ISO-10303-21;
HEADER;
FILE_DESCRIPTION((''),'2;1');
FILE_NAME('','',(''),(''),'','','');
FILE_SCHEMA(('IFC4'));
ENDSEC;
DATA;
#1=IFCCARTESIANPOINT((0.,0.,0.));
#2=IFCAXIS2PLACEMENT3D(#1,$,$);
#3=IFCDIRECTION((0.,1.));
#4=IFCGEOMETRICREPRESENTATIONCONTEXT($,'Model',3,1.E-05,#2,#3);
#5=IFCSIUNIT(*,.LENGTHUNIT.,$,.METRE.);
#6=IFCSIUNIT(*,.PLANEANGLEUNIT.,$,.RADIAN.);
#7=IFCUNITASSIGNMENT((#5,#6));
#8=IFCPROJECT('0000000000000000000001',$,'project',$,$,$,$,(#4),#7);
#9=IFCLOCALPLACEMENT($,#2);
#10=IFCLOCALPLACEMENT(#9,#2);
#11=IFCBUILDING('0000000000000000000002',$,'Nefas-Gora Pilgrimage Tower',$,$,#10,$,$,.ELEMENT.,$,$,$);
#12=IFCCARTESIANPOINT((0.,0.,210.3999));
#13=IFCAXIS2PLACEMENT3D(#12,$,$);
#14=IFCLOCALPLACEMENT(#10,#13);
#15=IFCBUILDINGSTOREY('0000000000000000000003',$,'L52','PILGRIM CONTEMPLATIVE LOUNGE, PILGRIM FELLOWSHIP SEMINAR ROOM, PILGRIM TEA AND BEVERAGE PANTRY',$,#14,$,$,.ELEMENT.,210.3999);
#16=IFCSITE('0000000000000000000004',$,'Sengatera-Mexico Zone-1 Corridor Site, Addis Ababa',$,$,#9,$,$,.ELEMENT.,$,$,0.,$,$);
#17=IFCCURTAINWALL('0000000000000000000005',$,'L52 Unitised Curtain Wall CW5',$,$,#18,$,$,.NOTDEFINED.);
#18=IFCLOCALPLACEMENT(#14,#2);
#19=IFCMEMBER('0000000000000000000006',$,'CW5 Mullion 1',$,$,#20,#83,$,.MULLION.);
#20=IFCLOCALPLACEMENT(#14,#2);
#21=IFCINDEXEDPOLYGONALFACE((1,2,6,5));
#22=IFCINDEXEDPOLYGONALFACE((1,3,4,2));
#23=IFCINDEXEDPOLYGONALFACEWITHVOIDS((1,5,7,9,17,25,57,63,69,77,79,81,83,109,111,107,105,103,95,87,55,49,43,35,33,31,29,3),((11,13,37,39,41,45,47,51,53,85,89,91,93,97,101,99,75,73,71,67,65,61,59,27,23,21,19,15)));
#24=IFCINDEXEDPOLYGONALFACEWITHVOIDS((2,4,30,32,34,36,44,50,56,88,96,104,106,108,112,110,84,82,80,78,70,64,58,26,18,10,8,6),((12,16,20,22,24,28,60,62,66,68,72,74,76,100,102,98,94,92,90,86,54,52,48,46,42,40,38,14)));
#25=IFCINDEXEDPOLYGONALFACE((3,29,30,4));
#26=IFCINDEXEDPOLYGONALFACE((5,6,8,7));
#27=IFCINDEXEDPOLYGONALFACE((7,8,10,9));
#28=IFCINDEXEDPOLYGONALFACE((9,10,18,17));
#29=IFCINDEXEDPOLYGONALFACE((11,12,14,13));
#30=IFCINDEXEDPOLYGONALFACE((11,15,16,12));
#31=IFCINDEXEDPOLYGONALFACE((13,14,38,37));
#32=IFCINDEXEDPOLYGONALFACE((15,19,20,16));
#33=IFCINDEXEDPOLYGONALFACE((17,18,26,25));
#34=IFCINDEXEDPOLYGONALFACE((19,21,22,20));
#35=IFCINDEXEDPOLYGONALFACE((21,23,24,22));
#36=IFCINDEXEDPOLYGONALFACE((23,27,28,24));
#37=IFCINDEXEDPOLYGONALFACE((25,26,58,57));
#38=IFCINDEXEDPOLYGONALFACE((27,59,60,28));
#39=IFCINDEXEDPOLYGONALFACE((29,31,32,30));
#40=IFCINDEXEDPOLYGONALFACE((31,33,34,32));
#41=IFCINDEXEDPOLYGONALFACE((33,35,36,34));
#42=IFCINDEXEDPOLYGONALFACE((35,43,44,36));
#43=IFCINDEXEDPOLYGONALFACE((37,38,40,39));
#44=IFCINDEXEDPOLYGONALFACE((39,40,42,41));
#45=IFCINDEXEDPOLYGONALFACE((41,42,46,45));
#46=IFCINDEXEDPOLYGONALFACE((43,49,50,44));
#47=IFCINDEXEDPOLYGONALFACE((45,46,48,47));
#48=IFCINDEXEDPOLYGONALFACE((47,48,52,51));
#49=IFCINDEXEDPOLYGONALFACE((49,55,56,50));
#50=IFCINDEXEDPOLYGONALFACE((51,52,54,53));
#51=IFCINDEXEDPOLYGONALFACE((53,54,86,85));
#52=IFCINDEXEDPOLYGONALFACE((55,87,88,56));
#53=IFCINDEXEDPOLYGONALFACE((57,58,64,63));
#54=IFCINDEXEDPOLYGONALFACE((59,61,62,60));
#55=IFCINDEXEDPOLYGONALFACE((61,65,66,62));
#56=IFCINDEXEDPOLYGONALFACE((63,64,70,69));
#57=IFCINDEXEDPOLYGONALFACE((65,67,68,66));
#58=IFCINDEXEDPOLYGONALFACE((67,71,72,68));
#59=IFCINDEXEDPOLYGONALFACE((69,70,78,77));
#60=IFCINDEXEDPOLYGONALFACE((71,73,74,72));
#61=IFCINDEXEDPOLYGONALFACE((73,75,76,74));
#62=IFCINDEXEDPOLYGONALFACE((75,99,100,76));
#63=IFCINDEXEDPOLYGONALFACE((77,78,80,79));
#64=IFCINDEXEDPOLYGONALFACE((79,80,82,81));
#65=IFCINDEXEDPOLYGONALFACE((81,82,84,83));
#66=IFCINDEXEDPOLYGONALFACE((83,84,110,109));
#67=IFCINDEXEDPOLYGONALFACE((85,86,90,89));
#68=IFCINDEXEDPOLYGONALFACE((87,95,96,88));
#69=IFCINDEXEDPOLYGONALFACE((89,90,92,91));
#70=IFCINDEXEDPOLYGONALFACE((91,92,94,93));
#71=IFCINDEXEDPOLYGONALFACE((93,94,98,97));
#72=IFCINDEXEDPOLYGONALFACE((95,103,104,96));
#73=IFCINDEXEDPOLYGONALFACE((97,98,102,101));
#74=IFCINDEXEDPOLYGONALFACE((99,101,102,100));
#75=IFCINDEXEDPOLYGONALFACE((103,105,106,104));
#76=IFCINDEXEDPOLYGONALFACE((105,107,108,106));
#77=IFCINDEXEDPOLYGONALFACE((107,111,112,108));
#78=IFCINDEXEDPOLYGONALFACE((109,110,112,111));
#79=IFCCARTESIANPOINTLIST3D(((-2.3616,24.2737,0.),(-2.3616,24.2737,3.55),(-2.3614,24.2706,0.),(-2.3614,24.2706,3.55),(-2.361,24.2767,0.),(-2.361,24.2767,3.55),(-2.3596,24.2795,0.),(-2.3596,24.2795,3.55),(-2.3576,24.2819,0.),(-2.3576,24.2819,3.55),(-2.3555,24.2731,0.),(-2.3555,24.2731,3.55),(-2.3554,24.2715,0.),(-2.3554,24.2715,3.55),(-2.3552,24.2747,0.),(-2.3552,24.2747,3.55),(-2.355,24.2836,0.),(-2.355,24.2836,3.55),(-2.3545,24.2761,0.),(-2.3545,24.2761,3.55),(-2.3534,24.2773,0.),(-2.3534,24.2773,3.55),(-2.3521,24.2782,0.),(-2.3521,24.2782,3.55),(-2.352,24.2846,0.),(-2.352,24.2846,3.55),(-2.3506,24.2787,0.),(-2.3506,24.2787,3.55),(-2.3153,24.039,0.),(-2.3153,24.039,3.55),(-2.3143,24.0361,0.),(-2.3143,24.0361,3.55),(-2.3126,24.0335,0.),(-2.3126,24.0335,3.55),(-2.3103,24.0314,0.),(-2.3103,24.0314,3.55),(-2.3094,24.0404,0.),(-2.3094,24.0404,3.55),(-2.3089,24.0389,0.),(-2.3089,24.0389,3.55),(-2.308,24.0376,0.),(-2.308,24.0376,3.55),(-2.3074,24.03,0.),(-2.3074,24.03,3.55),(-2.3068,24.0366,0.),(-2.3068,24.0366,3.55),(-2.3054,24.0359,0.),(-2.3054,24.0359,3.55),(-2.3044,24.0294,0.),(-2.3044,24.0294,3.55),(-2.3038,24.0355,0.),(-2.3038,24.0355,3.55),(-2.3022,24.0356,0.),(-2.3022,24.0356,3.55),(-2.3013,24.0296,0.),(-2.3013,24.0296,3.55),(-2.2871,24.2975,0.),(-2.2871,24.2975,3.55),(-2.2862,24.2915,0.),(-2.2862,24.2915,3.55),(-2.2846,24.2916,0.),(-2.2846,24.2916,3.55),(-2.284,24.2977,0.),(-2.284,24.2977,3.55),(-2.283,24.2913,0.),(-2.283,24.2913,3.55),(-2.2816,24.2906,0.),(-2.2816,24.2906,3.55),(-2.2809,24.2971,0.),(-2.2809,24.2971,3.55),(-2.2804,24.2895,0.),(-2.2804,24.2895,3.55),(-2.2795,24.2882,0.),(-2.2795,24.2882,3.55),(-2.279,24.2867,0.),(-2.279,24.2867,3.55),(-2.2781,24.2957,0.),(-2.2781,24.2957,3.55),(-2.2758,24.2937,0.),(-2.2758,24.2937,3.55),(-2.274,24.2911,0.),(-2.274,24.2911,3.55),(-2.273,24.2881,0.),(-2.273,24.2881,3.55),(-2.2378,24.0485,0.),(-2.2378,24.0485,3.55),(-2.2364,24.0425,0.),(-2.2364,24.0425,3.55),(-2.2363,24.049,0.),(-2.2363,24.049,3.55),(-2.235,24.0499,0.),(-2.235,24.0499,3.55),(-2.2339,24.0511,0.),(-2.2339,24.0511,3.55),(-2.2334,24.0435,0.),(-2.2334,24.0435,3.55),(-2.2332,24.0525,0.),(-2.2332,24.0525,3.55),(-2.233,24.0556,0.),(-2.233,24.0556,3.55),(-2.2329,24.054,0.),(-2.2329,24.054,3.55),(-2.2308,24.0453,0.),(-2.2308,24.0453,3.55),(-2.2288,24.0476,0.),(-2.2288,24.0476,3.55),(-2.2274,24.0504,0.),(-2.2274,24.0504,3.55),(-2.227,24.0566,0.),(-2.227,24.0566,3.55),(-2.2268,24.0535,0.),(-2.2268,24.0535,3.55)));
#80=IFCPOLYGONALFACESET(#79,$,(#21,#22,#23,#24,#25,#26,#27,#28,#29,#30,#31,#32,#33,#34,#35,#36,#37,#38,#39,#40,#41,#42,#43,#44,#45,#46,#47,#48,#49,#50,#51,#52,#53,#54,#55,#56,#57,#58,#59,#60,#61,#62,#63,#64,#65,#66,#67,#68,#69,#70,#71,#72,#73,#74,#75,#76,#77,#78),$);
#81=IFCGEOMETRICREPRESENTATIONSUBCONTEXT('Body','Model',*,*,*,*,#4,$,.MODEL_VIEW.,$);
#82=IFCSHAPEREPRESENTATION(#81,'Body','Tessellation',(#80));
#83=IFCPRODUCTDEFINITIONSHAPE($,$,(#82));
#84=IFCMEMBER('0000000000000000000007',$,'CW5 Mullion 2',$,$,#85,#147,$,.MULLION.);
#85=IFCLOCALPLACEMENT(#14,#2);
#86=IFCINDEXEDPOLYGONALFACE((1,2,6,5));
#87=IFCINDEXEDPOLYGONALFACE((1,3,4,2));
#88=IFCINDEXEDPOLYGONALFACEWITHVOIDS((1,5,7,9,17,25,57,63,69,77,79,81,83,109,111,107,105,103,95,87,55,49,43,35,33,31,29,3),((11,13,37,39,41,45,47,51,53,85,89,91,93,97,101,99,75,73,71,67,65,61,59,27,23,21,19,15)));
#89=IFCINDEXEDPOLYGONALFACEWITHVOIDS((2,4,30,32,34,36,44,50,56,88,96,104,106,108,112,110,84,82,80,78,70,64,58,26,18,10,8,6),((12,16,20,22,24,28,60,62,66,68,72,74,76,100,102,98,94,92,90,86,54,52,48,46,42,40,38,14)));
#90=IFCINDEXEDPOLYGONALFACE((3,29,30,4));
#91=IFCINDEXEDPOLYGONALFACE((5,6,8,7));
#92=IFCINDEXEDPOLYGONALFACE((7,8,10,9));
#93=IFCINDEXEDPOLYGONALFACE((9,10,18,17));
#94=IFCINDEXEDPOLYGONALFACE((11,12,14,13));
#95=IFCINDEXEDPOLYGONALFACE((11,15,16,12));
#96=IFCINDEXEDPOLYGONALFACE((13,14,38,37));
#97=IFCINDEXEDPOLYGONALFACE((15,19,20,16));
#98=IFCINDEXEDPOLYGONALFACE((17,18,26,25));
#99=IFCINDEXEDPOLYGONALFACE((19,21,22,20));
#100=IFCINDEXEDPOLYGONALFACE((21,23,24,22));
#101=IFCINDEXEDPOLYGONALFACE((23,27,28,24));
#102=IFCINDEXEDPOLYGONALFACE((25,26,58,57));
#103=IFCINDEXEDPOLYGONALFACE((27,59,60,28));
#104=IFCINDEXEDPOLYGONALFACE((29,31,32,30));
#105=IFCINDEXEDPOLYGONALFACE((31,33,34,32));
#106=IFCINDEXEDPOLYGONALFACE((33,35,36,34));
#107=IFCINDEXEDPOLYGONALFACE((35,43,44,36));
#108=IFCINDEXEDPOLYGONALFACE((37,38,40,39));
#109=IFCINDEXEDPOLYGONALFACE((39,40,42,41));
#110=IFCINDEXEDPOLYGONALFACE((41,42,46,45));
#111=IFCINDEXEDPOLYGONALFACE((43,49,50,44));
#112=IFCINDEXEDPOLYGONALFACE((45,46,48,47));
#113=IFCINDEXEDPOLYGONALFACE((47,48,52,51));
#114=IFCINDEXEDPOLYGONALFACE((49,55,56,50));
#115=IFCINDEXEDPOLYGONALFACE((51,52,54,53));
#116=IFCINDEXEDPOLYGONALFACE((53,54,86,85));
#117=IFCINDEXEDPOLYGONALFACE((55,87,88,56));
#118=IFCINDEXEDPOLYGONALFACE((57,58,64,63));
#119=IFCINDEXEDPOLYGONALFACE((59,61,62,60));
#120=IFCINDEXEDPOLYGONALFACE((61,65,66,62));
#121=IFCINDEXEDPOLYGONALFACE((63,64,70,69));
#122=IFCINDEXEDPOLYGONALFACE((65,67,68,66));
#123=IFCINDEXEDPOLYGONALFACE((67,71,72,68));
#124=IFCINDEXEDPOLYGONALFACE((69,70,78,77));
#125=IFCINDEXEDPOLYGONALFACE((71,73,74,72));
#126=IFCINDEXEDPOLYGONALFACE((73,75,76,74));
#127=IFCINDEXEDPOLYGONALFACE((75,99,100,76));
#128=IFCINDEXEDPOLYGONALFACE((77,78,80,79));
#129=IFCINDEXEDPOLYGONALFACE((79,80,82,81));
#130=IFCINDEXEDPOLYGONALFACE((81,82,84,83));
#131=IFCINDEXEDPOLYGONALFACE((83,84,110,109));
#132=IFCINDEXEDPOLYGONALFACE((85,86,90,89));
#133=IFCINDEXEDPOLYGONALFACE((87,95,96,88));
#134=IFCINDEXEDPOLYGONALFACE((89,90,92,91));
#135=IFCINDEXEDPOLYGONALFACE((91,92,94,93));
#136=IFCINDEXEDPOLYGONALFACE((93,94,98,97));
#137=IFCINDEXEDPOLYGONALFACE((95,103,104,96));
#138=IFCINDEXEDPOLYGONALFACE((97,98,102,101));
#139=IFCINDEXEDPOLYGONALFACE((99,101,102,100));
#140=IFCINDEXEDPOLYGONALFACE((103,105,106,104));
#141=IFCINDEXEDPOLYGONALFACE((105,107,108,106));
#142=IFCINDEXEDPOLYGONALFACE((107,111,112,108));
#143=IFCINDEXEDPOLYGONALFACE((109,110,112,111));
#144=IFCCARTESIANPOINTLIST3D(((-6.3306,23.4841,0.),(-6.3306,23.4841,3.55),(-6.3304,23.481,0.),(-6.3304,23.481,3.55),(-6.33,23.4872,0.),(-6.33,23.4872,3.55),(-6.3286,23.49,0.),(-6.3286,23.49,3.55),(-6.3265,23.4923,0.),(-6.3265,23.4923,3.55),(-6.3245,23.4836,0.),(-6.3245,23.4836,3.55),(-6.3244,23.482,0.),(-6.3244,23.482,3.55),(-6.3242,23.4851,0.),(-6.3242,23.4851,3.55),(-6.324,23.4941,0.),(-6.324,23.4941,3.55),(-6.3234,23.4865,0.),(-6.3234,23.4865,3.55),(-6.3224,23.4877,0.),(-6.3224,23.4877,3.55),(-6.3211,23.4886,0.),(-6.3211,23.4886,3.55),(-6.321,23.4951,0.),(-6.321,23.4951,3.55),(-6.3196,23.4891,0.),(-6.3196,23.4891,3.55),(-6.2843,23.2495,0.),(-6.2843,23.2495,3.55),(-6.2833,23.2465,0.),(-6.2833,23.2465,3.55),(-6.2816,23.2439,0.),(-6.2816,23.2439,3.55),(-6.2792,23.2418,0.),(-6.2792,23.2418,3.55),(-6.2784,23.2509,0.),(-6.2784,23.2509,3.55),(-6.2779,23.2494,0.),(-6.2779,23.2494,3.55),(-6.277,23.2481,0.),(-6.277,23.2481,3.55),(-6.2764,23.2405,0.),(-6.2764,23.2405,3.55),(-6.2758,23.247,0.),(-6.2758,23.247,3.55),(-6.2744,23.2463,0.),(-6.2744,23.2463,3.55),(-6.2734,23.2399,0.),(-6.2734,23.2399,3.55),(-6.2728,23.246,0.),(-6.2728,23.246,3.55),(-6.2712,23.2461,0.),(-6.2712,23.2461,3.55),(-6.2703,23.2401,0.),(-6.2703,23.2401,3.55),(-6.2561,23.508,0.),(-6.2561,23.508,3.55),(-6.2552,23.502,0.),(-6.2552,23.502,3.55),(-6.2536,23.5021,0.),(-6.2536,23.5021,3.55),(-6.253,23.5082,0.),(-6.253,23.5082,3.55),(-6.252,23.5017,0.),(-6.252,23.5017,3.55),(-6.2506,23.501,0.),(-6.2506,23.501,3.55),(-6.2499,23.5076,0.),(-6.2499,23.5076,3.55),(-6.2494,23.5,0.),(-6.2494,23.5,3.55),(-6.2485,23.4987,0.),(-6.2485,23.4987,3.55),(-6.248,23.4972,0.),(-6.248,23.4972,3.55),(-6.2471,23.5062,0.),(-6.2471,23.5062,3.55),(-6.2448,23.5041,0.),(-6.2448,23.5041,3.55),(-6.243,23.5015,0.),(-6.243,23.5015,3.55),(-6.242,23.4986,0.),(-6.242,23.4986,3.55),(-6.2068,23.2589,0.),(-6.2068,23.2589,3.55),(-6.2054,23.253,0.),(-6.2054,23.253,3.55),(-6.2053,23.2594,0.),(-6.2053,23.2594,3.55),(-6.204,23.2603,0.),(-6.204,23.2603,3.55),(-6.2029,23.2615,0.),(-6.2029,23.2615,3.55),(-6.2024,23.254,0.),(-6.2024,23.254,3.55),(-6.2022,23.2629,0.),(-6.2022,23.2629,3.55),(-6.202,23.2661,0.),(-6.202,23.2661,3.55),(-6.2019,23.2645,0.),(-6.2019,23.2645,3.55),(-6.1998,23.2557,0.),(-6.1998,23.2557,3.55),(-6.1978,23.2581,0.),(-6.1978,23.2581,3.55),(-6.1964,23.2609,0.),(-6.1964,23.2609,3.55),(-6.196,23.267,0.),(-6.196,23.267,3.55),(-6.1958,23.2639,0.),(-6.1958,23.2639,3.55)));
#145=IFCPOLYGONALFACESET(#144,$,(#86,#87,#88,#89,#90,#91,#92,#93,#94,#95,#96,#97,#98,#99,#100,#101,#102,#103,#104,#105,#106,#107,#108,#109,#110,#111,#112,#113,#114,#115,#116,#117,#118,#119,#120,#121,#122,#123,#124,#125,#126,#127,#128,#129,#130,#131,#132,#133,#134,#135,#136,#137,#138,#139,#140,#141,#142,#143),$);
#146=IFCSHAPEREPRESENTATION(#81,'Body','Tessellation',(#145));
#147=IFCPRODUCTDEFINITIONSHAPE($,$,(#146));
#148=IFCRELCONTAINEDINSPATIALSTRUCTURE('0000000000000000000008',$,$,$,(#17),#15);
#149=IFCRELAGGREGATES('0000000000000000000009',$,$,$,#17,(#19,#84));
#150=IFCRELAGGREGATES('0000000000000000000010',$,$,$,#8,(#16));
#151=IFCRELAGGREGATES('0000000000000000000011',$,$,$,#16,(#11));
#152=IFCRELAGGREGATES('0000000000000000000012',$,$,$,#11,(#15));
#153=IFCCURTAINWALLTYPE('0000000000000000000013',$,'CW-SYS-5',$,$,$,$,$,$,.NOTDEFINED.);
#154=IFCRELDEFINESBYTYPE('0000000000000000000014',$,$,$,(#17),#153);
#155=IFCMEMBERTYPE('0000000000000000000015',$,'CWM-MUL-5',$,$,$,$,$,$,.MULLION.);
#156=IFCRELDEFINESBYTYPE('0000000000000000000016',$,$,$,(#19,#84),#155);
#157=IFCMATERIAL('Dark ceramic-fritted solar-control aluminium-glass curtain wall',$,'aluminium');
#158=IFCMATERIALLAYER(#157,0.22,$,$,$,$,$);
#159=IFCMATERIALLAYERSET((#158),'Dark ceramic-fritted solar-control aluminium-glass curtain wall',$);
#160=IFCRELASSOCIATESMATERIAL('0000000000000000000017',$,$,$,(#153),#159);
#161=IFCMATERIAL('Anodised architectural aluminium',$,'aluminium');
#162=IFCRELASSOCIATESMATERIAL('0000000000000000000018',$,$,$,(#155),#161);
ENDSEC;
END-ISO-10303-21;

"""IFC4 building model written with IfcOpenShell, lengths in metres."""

from ifc_helpers import new_model, si_unit, direction, frame, origin, origin_2d, place, context, subcontext, project, spatial, hollow_rectangle, extrude, source, transform, mapped, material, layer, layer_set, material_profile, profile_set, type_object, element, aggregate, save


model = new_model("IFC4")

# Units and contexts
model_context = context("Model", 3, precision=1e-05, world=origin(), true_north=direction((0.0, 1.0)))
body_context = subcontext(model_context, "Body", "Model", "MODEL_VIEW")
ifc_project = project(units=[si_unit("LENGTHUNIT", "METRE"), si_unit("PLANEANGLEUNIT", "RADIAN")], contexts=[model_context])

# Site, building, storey
site_placement = place(None, origin())
site = spatial("IfcSite", under=ifc_project, at=site_placement, Name="Sengatera-Mexico Zone-1 Corridor Site, Addis Ababa", CompositionType="ELEMENT", RefElevation=0.0)
building_placement = place(site_placement, origin())
building = spatial("IfcBuilding", under=site, at=building_placement, Name="Nefas-Gora Pilgrimage Tower", CompositionType="ELEMENT")
storey_placement = place(building_placement, frame((0.0, 0.0, 210.3999)))
storey = spatial("IfcBuildingStorey", under=building, at=storey_placement, Name="L52", Description="PILGRIM CONTEMPLATIVE LOUNGE, PILGRIM FELLOWSHIP SEMINAR ROOM, PILGRIM TEA AND BEVERAGE PANTRY", CompositionType="ELEMENT", Elevation=210.3999)

# Curtain wall, members
ifc_material_1 = material(Name="Dark ceramic-fritted solar-control aluminium-glass curtain wall", Category="aluminium")
ifc_layer_1 = layer(ifc_material_1, 0.22)
ifc_layer_set_1 = layer_set([ifc_layer_1], Name="Dark ceramic-fritted solar-control aluminium-glass curtain wall")
curtain_wall_type = type_object("IfcCurtainWallType", Name="CW-SYS-5", PredefinedType="NOTDEFINED", material=ifc_layer_set_1)
curtain_wall_1_placement = place(storey_placement, origin())
curtain_wall_1 = element("IfcCurtainWall", 1, at=curtain_wall_1_placement, inside=storey, type_object=curtain_wall_type, Name="L52 Unitised Curtain Wall CW5", PredefinedType="NOTDEFINED")
ifc_material_2 = material(Name="Anodised architectural aluminium", Category="aluminium")
ifc_material_profile_1 = material_profile(ifc_material_2, hollow_rectangle(XDim=0.0901, YDim=0.26, WallThickness=0.0061, InnerFilletRadius=0.0061, OuterFilletRadius=0.012, at=origin_2d()), Name="ALU MULLION 90x260")
ifc_profile_set_1 = profile_set([ifc_material_profile_1], Name="Anodised architectural aluminium")
member_type_1 = type_object("IfcMemberType", Name="CWM-MUL-5", PredefinedType="MULLION", material=ifc_profile_set_1)
shared_shape_1 = source(origin(), body_context, "Body", "SweptSolid", [
    extrude(hollow_rectangle(XDim=0.0901, YDim=0.26, WallThickness=0.0061, InnerFilletRadius=0.0061, OuterFilletRadius=0.012, at=origin_2d()), origin(), (0.0, 0.0, 1.0), 3.55),
])
member_1_placement = place(storey_placement, frame((-2.2942, 24.1636, 0.0), z_axis=(0.0, 0.0, 1.0), x_axis=(-0.980783, -0.195102, 0.0)))
member_1 = element("IfcMember", 2, at=member_1_placement, type_object=member_type_1, Name="CW5 Mullion 1", PredefinedType="MULLION", context=body_context, shape_type="MappedRepresentation", body=[
    mapped(shared_shape_1, transform((0.0, 0.0, 0.0), x_axis=(1.0, 0.0, 0.0), y_axis=(0.0, 1.0, 0.0), z_axis=(0.0, 0.0, 1.0), scale=1.0)),
])
member_2_placement = place(storey_placement, frame((-6.2632, 23.374, 0.0), z_axis=(0.0, 0.0, 1.0), x_axis=(-0.980783, -0.195102, 0.0)))
member_2 = element("IfcMember", 3, at=member_2_placement, type_object=member_type_1, Name="CW5 Mullion 2", PredefinedType="MULLION", context=body_context, shape_type="MappedRepresentation", body=[
    mapped(shared_shape_1, transform((0.0, 0.0, 0.0), x_axis=(1.0, 0.0, 0.0), y_axis=(0.0, 1.0, 0.0), z_axis=(0.0, 0.0, 1.0), scale=1.0)),
])

aggregate(curtain_wall_1, [member_1, member_2])

save(model, "model.ifc")
